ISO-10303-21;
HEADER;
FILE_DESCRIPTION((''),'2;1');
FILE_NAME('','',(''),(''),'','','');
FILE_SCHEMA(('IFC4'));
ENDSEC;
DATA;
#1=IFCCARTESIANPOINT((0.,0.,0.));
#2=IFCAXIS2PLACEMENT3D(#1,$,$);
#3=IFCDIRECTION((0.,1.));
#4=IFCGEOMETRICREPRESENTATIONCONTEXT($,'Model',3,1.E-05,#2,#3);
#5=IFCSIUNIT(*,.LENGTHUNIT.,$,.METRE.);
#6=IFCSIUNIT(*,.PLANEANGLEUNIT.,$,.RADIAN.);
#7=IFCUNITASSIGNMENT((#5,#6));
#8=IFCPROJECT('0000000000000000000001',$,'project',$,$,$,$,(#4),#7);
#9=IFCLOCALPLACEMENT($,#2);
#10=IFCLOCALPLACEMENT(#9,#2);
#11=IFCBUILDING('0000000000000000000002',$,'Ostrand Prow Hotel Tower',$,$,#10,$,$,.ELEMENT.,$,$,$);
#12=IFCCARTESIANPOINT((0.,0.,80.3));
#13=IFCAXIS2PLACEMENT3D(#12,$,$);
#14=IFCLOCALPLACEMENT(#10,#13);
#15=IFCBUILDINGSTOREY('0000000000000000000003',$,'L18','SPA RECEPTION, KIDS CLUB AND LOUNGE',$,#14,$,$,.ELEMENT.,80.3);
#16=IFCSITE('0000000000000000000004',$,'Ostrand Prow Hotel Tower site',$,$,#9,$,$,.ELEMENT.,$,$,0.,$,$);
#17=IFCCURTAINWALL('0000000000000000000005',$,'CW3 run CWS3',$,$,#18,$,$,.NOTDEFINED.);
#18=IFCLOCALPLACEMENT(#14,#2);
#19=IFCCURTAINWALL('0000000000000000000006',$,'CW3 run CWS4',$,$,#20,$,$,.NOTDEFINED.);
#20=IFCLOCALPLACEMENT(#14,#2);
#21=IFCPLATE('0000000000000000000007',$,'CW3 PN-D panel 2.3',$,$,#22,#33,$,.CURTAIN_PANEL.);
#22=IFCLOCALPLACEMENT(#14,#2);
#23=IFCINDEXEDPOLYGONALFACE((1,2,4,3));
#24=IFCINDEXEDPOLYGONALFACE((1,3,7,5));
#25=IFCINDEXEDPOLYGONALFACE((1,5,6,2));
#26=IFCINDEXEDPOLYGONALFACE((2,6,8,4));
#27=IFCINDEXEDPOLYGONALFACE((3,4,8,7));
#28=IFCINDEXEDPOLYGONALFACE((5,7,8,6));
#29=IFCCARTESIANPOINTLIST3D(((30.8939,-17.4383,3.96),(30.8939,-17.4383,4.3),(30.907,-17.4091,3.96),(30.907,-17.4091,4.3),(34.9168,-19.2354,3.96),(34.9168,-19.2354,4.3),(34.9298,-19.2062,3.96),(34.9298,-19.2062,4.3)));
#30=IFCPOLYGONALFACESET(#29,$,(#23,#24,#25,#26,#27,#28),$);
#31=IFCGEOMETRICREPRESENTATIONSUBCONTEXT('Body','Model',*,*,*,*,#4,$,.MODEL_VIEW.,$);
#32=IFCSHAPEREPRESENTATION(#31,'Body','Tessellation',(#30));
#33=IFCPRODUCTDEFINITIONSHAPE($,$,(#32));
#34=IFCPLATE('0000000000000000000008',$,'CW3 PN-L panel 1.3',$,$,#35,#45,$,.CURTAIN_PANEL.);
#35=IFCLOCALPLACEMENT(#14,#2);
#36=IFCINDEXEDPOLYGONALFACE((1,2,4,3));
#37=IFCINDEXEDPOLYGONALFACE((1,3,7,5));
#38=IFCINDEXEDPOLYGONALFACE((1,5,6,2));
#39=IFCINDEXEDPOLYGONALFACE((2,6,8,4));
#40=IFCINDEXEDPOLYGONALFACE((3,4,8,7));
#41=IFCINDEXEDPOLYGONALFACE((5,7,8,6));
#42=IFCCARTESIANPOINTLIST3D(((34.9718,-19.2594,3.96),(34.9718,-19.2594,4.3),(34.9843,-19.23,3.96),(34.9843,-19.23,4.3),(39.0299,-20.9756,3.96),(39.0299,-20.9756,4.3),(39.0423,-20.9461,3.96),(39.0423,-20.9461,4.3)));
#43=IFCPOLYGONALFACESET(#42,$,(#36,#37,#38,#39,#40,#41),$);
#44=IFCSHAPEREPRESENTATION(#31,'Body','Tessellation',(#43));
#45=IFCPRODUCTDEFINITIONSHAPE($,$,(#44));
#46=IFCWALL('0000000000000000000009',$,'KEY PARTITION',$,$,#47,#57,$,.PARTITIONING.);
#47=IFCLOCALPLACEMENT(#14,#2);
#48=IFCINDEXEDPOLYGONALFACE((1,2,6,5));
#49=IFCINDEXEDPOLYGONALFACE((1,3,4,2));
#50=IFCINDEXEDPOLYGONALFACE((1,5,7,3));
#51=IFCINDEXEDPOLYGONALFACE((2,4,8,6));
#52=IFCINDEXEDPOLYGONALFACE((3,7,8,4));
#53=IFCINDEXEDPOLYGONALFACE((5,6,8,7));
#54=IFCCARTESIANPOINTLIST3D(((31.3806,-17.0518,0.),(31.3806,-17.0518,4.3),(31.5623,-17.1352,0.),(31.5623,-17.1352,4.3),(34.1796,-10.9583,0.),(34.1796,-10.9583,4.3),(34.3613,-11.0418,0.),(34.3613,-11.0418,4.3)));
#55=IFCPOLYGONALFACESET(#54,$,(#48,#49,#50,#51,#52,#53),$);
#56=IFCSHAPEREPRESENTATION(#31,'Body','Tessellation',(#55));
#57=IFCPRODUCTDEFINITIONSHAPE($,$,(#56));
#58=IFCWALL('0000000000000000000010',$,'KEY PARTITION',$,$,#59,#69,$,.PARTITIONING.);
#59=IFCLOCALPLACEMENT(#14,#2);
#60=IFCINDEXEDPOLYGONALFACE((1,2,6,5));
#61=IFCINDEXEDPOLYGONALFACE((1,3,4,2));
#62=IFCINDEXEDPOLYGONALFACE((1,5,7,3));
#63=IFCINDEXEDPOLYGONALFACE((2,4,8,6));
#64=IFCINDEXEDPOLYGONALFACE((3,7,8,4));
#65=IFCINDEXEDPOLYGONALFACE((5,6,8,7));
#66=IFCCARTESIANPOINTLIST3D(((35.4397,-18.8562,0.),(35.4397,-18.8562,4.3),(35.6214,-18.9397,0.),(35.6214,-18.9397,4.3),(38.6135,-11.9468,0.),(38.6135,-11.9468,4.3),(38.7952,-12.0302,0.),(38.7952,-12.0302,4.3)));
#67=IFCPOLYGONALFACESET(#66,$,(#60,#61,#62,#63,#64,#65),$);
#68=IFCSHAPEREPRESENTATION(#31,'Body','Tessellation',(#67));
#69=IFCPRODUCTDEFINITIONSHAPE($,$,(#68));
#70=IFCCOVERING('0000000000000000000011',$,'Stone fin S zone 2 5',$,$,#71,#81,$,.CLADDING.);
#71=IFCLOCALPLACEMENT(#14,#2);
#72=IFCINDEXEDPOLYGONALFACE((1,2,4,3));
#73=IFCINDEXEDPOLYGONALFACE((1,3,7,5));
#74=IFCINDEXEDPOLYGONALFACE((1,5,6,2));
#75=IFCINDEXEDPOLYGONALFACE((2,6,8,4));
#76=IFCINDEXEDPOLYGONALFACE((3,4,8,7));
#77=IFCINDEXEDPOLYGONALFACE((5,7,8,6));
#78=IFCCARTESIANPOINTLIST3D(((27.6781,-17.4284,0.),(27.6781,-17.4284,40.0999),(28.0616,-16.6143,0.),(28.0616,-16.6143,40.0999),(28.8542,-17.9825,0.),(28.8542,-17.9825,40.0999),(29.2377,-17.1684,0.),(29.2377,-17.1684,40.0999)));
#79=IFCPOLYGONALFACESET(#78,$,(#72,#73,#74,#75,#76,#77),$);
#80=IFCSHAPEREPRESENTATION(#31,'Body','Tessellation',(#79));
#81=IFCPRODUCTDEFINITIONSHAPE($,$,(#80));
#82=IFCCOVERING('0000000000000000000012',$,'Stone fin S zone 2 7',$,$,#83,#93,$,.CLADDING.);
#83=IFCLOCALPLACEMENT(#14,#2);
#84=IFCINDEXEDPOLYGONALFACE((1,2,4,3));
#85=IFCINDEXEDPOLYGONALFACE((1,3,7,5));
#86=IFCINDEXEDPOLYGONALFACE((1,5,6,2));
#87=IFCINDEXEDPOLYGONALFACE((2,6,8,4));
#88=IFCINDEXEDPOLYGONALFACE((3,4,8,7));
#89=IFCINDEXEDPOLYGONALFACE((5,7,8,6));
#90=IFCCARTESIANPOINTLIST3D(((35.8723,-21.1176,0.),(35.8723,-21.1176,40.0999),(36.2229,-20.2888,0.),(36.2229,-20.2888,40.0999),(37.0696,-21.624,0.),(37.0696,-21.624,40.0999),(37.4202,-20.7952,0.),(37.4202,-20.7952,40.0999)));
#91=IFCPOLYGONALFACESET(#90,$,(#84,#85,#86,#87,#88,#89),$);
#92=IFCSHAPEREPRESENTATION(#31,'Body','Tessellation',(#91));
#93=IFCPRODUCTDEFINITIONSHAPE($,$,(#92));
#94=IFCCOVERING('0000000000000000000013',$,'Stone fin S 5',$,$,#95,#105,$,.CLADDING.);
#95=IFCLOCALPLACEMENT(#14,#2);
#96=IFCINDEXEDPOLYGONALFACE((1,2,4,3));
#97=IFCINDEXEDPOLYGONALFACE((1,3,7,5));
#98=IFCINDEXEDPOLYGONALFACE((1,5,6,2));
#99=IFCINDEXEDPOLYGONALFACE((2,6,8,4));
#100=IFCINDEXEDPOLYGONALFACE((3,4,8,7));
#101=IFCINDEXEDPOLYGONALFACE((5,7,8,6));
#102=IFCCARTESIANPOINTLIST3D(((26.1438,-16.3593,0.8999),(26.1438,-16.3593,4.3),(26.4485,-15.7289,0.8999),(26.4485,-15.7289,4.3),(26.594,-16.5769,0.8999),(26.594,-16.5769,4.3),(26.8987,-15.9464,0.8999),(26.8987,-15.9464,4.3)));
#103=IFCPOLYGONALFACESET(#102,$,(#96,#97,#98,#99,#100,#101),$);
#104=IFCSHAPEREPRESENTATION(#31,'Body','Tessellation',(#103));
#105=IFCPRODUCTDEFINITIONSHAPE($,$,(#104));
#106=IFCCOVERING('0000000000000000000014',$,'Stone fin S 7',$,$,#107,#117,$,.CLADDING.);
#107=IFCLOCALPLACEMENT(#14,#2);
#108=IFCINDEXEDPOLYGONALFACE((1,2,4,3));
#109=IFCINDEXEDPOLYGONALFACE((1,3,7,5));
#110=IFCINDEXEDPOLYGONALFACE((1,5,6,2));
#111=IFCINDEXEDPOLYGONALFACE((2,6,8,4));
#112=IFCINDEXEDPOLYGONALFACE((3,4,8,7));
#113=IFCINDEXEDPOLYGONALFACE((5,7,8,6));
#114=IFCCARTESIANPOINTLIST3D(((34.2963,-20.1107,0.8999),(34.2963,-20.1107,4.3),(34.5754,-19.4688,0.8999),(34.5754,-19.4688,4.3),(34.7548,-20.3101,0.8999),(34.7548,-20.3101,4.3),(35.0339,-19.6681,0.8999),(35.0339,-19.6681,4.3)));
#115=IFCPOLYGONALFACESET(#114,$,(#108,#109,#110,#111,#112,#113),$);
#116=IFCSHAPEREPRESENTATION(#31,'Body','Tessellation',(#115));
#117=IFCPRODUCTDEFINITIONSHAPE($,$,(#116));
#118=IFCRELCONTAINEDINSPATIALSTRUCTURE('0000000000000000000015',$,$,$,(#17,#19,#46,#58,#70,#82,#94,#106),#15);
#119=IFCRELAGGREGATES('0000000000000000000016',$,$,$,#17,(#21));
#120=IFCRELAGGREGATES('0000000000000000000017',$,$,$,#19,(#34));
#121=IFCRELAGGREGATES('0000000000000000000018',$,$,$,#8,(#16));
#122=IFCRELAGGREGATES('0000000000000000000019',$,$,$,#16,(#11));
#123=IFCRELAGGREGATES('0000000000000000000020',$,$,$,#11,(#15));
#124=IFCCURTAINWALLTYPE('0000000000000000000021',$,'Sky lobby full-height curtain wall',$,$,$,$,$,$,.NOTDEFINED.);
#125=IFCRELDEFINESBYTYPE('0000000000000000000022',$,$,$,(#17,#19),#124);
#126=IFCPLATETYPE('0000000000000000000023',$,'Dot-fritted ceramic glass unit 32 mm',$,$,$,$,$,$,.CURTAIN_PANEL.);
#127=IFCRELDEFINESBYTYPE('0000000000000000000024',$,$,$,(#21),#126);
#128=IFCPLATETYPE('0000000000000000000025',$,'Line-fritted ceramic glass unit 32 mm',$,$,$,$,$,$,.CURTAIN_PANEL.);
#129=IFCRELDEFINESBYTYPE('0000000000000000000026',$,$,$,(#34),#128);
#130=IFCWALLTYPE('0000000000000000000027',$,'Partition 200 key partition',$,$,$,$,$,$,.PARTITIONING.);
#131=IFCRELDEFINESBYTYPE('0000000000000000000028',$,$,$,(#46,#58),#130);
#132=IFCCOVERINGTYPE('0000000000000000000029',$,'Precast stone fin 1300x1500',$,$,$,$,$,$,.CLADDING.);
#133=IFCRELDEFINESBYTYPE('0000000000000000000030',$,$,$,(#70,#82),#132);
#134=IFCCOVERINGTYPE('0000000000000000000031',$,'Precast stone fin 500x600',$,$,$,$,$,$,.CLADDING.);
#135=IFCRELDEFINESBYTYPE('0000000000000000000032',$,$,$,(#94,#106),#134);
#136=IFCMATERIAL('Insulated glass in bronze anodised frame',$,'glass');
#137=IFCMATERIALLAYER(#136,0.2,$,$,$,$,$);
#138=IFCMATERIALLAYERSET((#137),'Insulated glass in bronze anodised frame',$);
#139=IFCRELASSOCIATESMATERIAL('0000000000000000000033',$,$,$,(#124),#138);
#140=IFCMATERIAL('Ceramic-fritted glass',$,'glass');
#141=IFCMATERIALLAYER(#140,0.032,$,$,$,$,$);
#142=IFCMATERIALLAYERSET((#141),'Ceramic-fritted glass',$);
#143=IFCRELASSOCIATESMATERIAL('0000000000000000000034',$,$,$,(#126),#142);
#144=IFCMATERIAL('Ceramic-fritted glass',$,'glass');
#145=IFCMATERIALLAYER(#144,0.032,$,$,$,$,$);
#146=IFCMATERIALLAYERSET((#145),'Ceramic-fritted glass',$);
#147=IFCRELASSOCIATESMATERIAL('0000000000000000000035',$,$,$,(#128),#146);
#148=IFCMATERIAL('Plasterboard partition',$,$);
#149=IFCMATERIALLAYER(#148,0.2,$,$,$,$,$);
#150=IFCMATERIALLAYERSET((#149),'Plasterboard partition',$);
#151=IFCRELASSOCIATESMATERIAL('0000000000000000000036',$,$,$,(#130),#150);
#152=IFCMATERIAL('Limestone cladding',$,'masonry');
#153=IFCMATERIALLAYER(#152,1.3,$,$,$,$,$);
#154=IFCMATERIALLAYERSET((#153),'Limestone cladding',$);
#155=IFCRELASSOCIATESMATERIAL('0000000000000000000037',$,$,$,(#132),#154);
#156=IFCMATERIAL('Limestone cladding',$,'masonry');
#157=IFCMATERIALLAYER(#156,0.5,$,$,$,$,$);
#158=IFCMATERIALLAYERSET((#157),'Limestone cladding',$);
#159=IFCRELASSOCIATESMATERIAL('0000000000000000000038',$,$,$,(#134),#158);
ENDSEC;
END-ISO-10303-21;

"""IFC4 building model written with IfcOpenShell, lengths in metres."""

from ifc_helpers import new_model, si_unit, direction, frame, frame_2d, origin, origin_2d, place, context, subcontext, project, spatial, rectangle, extrude, material, layer, layer_set, type_object, element, aggregate, save


model = new_model("IFC4")

# Units and contexts
model_context = context("Model", 3, precision=1e-05, world=origin(), true_north=direction((0.0, 1.0)))
body_context = subcontext(model_context, "Body", "Model", "MODEL_VIEW")
ifc_project = project(units=[si_unit("LENGTHUNIT", "METRE"), si_unit("PLANEANGLEUNIT", "RADIAN")], contexts=[model_context])

# Site, building, storey
site_placement = place(None, origin())
site = spatial("IfcSite", under=ifc_project, at=site_placement, Name="Ostrand Prow Hotel Tower site", CompositionType="ELEMENT", RefElevation=0.0)
building_placement = place(site_placement, origin())
building = spatial("IfcBuilding", under=site, at=building_placement, Name="Ostrand Prow Hotel Tower", CompositionType="ELEMENT")
storey_placement = place(building_placement, frame((0.0, 0.0, 80.3)))
storey = spatial("IfcBuildingStorey", under=building, at=storey_placement, Name="L18", Description="SPA RECEPTION, KIDS CLUB AND LOUNGE", CompositionType="ELEMENT", Elevation=80.3)

# Curtain wall
ifc_material_1 = material(Name="Insulated glass in bronze anodised frame", Category="glass")
ifc_layer_1 = layer(ifc_material_1, 0.2)
ifc_layer_set_1 = layer_set([ifc_layer_1], Name="Insulated glass in bronze anodised frame")
curtain_wall_type = type_object("IfcCurtainWallType", Name="Sky lobby full-height curtain wall", PredefinedType="NOTDEFINED", material=ifc_layer_set_1)
curtain_wall_1_placement = place(storey_placement, origin())
curtain_wall_1 = element("IfcCurtainWall", 1, at=curtain_wall_1_placement, inside=storey, type_object=curtain_wall_type, Name="CW3 run CWS3", PredefinedType="NOTDEFINED")

# Curtain wall
curtain_wall_2_placement = place(storey_placement, origin())
curtain_wall_2 = element("IfcCurtainWall", 2, at=curtain_wall_2_placement, inside=storey, type_object=curtain_wall_type, Name="CW3 run CWS4", PredefinedType="NOTDEFINED")

# Plates
ifc_material_2 = material(Name="Ceramic-fritted glass", Category="glass")
ifc_layer_2 = layer(ifc_material_2, 0.032)
ifc_layer_set_2 = layer_set([ifc_layer_2], Name="Ceramic-fritted glass")
plate_type_1 = type_object("IfcPlateType", Name="Dot-fritted ceramic glass unit 32 mm", PredefinedType="CURTAIN_PANEL", material=ifc_layer_set_2)
plate_1_placement = place(storey_placement, frame((32.9119, -18.3223, 3.96), z_axis=(0.0, 0.0, 1.0), x_axis=(0.913038, -0.407875, 0.0)))
plate_1 = element("IfcPlate", 3, at=plate_1_placement, type_object=plate_type_1, Name="CW3 PN-D panel 2.3", PredefinedType="CURTAIN_PANEL", context=body_context, shape_type="SweptSolid", body=[
    extrude(rectangle(XDim=4.406, YDim=0.032, at=origin_2d()), origin(), (0.0, 0.0, 1.0), 0.3401),
])
aggregate(curtain_wall_1, [plate_1])
ifc_material_3 = material(Name="Ceramic-fritted glass", Category="glass")
ifc_layer_3 = layer(ifc_material_3, 0.032)
ifc_layer_set_3 = layer_set([ifc_layer_3], Name="Ceramic-fritted glass")
plate_type_2 = type_object("IfcPlateType", Name="Line-fritted ceramic glass unit 32 mm", PredefinedType="CURTAIN_PANEL", material=ifc_layer_set_3)
plate_2_placement = place(storey_placement, frame((37.0071, -20.1028, 3.96), z_axis=(0.0, 0.0, 1.0), x_axis=(0.921024, -0.389507, 0.0)))
plate_2 = element("IfcPlate", 4, at=plate_2_placement, type_object=plate_type_2, Name="CW3 PN-L panel 1.3", PredefinedType="CURTAIN_PANEL", context=body_context, shape_type="SweptSolid", body=[
    extrude(rectangle(XDim=4.406, YDim=0.032, at=origin_2d()), origin(), (0.0, 0.0, 1.0), 0.3401),
])
aggregate(curtain_wall_2, [plate_2])

# Walls
ifc_material_4 = material(Name="Plasterboard partition")
ifc_layer_4 = layer(ifc_material_4, 0.2)
ifc_layer_set_4 = layer_set([ifc_layer_4], Name="Plasterboard partition")
wall_type = type_object("IfcWallType", Name="Partition 200 key partition", PredefinedType="PARTITIONING", material=ifc_layer_set_4)
wall_1_placement = place(storey_placement, frame((31.4714, -17.0935, 0.0), z_axis=(0.0, 0.0, 1.0), x_axis=(0.417421, 0.908713, 0.0)))
element("IfcWall", 5, at=wall_1_placement, inside=storey, type_object=wall_type, Name="KEY PARTITION", PredefinedType="PARTITIONING", context=body_context, shape_type="SweptSolid", body=[
    extrude(rectangle(XDim=6.7056, YDim=0.2, at=frame_2d((3.3528, 0.0))), origin(), (0.0, 0.0, 1.0), 4.3),
])
wall_2_placement = place(storey_placement, frame((35.5305, -18.8979, 0.0), z_axis=(0.0, 0.0, 1.0), x_axis=(0.417416, 0.908715, 0.0)))
element("IfcWall", 6, at=wall_2_placement, inside=storey, type_object=wall_type, Name="KEY PARTITION", PredefinedType="PARTITIONING", context=body_context, shape_type="SweptSolid", body=[
    extrude(rectangle(XDim=7.6035, YDim=0.2, at=frame_2d((3.8018, 0.0))), origin(), (0.0, 0.0, 1.0), 4.3),
])

# Coverings
ifc_material_5 = material(Name="Limestone cladding", Category="masonry")
ifc_layer_5 = layer(ifc_material_5, 1.3)
ifc_layer_set_5 = layer_set([ifc_layer_5], Name="Limestone cladding")
covering_type_1 = type_object("IfcCoveringType", Name="Precast stone fin 1300x1500", PredefinedType="CLADDING", material=ifc_layer_set_5)
for number, where, z_axis, x_axis, name in (
    (7, (28.6497, -16.8914, 0.0), (0.0, 0.0, 1.0), (-0.42615, -0.904653, 0.0), "Stone fin S zone 2 5"),
    (8, (36.8215, -20.542, 0.0), (0.0, 0.0, 1.0), (-0.38956, -0.921001, 0.0), "Stone fin S zone 2 7"),
):
    element("IfcCovering", number, at=place(storey_placement, frame(where, z_axis=z_axis, x_axis=x_axis)), inside=storey, type_object=covering_type_1, Name=name, PredefinedType="CLADDING", context=body_context, shape_type="SweptSolid", body=[
        extrude(rectangle(XDim=0.8999, YDim=1.3, at=frame_2d((0.45, 0.0))), origin(), (0.0, 0.0, 1.0), 40.0999),
    ])
ifc_material_6 = material(Name="Limestone cladding", Category="masonry")
ifc_layer_6 = layer(ifc_material_6, 0.5)
ifc_layer_set_6 = layer_set([ifc_layer_6], Name="Limestone cladding")
covering_type_2 = type_object("IfcCoveringType", Name="Precast stone fin 500x600", PredefinedType="CLADDING", material=ifc_layer_set_6)
covering_1_placement = place(storey_placement, frame((26.6736, -15.8376, 0.8999), z_axis=(0.0, 0.0, 1.0), x_axis=(-0.435178, -0.900344, 0.0)))
element("IfcCovering", 9, at=covering_1_placement, inside=storey, type_object=covering_type_2, Name="Stone fin S 5", PredefinedType="CLADDING", context=body_context, shape_type="SweptSolid", body=[
    extrude(rectangle(XDim=0.7002, YDim=0.5, at=frame_2d((0.3501, 0.0))), origin(), (0.0, 0.0, 1.0), 3.4001),
])
covering_2_placement = place(storey_placement, frame((34.8047, -19.5684, 0.8999), z_axis=(0.0, 0.0, 1.0), x_axis=(-0.398713, -0.917076, 0.0)))
element("IfcCovering", 10, at=covering_2_placement, inside=storey, type_object=covering_type_2, Name="Stone fin S 7", PredefinedType="CLADDING", context=body_context, shape_type="SweptSolid", body=[
    extrude(rectangle(XDim=0.7, YDim=0.5, at=frame_2d((0.3501, 0.0))), origin(), (0.0, 0.0, 1.0), 3.4001),
])

save(model, "model.ifc")
